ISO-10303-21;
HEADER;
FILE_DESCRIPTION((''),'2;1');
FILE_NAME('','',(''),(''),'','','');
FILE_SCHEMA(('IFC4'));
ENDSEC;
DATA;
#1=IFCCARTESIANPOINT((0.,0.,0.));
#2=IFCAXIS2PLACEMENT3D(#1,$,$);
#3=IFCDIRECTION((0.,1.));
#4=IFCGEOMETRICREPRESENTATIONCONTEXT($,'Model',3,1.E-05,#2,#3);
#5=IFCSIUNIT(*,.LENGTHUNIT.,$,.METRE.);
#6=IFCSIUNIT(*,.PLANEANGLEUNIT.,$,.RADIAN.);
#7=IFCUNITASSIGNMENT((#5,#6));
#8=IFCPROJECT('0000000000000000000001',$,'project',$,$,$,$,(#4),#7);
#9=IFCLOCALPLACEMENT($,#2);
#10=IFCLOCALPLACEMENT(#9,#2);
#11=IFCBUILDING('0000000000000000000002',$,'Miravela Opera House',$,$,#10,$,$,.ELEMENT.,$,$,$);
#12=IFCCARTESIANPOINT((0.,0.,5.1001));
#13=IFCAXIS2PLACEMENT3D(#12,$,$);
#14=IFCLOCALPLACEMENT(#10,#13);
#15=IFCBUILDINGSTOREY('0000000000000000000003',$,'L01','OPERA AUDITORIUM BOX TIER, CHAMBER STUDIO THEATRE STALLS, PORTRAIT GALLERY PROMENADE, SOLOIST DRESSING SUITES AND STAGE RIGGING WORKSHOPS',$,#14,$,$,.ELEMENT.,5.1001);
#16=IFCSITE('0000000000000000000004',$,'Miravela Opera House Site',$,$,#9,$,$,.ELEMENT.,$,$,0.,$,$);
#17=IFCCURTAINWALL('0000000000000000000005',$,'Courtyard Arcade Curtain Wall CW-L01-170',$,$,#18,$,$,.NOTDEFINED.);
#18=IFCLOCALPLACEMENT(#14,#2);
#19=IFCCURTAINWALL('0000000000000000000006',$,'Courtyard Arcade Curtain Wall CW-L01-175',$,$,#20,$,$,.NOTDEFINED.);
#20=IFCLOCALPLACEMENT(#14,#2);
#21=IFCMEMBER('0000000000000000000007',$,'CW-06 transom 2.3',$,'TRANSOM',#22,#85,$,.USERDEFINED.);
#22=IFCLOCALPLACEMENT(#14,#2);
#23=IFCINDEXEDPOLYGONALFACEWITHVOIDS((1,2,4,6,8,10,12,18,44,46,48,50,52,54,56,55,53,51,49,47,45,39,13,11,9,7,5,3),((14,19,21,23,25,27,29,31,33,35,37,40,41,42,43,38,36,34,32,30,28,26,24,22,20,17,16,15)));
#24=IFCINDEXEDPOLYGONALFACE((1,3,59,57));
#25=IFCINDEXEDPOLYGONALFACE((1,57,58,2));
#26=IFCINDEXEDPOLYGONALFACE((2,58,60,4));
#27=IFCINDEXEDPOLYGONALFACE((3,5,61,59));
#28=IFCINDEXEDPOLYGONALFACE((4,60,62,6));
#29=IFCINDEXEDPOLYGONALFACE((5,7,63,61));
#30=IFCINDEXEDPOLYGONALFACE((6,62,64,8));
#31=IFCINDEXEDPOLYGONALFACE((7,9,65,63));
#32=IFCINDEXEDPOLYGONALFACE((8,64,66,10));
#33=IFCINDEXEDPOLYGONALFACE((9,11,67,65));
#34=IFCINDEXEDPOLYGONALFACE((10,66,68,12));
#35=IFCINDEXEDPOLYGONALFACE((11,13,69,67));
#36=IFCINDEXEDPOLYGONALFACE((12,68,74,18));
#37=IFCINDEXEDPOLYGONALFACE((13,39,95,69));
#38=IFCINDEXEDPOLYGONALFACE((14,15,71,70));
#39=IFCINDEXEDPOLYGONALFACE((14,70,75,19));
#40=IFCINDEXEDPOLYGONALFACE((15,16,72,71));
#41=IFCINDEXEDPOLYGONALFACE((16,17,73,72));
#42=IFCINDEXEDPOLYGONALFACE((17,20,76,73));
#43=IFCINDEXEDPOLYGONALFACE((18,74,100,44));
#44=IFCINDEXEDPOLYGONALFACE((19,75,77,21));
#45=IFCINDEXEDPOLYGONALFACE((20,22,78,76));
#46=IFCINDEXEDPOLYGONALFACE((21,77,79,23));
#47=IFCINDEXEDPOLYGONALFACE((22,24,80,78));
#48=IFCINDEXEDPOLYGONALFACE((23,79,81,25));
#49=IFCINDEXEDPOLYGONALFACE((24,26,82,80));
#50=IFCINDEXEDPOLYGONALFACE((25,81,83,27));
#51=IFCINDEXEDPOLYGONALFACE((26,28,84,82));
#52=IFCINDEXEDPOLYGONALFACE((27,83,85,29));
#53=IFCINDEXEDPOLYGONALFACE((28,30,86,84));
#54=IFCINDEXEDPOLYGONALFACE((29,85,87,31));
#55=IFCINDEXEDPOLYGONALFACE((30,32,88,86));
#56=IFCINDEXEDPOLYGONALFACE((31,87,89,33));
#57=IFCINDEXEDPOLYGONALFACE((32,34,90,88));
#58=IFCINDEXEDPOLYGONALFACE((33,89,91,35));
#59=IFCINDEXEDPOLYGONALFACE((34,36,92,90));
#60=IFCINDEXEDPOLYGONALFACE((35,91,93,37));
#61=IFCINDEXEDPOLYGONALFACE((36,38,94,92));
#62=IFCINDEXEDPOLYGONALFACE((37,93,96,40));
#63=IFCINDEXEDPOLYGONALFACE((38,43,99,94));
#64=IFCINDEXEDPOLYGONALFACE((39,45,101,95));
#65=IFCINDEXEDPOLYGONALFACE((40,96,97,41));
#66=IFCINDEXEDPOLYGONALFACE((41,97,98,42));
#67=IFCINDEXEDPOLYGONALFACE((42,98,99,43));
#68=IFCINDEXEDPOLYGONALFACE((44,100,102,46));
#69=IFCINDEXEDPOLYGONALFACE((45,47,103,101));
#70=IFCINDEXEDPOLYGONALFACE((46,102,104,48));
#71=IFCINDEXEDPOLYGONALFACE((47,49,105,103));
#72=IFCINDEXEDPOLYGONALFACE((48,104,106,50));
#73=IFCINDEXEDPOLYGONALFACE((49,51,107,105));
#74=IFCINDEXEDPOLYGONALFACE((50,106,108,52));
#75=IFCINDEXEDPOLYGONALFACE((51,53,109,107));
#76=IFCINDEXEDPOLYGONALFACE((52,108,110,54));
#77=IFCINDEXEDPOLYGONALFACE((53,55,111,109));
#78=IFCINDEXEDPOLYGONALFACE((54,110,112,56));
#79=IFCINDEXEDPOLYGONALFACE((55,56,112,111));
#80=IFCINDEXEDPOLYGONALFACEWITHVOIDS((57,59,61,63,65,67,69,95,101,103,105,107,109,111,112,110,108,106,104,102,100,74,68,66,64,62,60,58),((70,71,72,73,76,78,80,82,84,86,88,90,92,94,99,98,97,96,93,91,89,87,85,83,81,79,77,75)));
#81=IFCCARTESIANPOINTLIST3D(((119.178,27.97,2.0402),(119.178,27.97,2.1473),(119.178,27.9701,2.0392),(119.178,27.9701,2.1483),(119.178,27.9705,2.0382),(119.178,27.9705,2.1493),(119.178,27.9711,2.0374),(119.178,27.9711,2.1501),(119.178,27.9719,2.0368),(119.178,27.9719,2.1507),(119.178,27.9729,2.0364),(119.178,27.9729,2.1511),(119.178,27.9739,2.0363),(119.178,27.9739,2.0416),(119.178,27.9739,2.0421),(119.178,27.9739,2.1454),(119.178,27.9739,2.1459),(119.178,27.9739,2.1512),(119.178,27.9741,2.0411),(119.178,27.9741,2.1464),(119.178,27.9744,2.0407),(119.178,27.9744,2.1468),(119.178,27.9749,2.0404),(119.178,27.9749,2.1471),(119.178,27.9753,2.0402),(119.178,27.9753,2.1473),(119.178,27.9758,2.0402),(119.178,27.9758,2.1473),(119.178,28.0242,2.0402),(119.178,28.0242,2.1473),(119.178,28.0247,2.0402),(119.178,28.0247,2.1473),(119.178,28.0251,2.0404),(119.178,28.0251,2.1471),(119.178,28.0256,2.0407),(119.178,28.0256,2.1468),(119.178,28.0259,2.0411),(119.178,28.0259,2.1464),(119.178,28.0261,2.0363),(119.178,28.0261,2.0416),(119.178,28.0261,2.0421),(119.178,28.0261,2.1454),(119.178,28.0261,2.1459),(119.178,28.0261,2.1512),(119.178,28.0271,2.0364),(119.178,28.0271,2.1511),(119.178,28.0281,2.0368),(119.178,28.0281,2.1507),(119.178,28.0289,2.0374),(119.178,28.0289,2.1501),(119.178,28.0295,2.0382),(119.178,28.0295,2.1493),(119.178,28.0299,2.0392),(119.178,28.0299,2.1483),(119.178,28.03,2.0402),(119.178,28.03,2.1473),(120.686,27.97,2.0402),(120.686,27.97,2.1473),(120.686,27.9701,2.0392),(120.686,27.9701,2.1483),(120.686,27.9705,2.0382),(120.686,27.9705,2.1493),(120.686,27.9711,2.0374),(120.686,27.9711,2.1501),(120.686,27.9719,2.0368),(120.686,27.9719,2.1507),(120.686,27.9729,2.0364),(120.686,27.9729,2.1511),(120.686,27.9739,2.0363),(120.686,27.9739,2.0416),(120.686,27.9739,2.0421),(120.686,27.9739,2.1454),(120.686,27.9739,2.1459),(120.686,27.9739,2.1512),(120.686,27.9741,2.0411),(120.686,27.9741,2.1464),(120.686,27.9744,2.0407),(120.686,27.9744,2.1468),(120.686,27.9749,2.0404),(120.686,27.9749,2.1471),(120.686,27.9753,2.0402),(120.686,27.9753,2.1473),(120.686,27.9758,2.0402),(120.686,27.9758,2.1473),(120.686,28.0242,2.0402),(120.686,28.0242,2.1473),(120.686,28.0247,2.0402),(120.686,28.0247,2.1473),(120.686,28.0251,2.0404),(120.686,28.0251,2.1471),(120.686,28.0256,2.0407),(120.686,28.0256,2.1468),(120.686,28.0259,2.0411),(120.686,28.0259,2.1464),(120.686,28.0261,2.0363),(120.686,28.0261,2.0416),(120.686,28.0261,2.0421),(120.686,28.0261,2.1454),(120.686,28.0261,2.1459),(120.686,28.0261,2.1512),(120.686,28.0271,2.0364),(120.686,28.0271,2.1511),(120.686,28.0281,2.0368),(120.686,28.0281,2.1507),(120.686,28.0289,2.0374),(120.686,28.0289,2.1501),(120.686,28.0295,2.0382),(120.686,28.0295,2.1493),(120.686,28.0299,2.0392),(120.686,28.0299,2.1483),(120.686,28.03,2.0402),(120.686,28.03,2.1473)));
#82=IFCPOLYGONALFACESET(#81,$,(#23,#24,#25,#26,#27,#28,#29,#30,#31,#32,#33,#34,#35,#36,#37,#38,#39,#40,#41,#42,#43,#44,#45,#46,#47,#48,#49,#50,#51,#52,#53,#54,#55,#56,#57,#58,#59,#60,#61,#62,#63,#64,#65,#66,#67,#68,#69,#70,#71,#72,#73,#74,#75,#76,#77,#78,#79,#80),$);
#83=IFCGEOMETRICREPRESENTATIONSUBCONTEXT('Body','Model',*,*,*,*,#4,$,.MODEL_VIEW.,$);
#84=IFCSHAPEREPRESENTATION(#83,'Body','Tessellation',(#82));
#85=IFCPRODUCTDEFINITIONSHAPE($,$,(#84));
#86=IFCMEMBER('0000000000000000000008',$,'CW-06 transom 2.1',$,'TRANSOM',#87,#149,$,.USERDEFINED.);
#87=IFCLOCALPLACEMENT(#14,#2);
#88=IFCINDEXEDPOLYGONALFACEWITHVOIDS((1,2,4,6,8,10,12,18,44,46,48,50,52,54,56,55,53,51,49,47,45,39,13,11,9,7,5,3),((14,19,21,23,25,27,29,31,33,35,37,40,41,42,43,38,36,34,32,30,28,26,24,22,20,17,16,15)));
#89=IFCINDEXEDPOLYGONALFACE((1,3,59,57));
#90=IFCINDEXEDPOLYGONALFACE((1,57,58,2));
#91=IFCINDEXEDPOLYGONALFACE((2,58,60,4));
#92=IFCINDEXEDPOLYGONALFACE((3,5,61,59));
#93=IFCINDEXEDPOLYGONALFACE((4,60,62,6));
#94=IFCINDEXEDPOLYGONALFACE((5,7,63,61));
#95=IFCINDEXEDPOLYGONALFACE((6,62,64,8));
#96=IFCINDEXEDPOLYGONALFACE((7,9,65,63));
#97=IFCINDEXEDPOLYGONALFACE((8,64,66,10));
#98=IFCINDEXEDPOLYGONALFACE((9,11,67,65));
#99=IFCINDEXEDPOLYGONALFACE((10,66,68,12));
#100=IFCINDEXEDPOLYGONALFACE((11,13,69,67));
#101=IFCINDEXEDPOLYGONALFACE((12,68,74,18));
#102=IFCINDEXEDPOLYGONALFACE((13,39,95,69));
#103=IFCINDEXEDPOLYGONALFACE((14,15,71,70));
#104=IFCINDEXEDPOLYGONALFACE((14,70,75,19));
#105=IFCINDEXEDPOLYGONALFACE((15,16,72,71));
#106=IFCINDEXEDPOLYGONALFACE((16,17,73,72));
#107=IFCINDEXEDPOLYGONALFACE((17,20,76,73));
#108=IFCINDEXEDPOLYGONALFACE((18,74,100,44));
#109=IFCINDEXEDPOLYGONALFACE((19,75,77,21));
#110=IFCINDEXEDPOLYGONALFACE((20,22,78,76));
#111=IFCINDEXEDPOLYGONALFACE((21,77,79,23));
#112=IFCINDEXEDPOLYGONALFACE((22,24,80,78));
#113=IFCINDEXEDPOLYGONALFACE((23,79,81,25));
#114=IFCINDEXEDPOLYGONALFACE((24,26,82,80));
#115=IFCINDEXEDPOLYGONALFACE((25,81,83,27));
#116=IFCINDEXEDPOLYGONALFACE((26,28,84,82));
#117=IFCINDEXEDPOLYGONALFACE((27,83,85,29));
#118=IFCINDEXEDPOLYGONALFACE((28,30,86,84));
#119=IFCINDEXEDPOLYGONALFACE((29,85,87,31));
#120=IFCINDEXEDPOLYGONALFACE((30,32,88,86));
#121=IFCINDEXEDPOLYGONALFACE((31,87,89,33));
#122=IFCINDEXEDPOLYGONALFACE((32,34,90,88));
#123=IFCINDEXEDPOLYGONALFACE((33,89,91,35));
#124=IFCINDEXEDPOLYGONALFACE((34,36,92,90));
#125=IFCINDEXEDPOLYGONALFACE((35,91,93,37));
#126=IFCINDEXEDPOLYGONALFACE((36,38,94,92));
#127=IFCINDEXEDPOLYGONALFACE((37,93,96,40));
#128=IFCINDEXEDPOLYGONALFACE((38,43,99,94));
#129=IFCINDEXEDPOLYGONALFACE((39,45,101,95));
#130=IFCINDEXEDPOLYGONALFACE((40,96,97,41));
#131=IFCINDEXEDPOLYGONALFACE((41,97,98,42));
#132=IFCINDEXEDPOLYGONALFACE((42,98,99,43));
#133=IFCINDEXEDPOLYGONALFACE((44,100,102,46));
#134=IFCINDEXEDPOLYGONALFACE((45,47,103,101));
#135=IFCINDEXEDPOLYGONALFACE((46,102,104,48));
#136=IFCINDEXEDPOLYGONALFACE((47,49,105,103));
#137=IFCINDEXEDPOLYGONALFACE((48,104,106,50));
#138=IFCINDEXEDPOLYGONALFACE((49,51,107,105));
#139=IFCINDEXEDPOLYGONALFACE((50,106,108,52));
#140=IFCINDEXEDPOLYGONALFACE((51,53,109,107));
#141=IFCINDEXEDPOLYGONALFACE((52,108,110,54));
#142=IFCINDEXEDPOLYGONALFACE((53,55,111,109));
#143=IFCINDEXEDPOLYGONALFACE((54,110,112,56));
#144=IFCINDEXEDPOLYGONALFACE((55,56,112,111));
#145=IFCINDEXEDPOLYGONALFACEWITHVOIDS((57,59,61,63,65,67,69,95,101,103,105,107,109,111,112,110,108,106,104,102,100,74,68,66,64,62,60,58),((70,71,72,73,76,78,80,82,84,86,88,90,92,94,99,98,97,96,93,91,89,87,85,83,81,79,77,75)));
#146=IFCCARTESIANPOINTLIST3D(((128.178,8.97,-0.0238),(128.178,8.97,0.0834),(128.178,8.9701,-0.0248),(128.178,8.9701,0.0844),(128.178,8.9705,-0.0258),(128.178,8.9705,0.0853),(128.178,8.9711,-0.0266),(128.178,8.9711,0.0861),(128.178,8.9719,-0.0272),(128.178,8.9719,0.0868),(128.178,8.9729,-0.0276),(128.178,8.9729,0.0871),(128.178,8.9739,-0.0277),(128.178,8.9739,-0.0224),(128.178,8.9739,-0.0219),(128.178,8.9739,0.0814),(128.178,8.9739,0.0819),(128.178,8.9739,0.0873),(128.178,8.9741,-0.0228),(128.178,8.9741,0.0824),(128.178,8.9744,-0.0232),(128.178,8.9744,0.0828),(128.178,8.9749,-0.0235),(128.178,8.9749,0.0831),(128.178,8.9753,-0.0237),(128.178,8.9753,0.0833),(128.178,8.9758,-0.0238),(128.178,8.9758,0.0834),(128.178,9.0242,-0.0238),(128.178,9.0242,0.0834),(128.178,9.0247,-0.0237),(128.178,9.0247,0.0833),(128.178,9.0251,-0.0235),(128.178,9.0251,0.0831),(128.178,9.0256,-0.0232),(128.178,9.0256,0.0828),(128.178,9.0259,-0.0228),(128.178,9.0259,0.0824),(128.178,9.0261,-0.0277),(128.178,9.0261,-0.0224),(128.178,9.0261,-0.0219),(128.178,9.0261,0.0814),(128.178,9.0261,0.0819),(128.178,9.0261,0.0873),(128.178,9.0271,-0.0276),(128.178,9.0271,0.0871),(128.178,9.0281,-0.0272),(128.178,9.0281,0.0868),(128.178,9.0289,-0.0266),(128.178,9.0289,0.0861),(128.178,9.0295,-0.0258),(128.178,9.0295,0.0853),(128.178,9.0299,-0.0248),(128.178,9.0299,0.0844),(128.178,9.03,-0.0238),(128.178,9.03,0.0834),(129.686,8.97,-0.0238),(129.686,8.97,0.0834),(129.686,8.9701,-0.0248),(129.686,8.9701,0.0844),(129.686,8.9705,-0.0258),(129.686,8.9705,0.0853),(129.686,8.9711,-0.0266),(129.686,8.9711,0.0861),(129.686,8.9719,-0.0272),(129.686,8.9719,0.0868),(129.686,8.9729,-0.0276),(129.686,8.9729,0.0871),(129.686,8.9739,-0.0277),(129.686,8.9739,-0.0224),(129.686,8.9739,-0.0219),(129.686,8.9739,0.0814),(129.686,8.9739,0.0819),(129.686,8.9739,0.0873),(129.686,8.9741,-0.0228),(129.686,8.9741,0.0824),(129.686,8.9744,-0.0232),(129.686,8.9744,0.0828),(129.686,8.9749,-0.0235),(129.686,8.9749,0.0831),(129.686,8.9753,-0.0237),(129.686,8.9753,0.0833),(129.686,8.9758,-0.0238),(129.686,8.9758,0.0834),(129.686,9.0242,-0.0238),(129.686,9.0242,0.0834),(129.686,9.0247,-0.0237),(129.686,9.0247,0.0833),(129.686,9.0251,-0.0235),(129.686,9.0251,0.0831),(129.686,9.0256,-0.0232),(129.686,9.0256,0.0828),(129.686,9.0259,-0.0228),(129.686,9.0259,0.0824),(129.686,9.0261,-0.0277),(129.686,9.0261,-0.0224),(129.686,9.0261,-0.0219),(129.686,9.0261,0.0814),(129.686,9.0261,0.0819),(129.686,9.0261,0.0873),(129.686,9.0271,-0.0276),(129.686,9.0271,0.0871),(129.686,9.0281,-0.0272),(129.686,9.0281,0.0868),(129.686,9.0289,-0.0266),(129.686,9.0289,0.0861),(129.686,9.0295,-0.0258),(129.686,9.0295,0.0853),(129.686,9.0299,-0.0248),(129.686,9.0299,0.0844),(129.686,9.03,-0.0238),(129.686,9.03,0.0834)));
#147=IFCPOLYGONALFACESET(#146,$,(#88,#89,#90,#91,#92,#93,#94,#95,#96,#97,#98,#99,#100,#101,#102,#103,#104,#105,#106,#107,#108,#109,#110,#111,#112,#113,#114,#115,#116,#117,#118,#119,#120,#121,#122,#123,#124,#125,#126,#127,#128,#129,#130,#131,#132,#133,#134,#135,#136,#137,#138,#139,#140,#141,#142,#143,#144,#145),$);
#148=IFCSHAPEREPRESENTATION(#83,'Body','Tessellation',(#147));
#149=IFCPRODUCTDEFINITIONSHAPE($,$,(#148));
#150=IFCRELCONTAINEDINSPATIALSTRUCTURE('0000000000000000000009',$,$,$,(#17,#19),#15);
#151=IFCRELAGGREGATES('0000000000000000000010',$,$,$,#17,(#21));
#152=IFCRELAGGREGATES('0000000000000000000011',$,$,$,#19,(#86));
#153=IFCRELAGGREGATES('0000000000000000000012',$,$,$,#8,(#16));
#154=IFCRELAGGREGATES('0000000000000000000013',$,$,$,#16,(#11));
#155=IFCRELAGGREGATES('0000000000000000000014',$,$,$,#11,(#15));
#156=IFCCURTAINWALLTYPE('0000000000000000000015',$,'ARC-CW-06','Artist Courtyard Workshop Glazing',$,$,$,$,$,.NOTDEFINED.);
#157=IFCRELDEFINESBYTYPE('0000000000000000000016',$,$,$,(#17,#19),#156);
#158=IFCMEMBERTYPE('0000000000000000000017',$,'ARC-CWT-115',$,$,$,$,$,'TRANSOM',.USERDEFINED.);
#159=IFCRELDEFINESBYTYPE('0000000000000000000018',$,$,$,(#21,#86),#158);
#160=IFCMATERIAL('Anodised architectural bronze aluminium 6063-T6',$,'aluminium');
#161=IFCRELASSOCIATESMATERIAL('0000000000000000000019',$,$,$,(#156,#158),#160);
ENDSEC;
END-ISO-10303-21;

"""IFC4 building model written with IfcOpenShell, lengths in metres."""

from ifc_helpers import new_model, si_unit, direction, frame, origin, origin_2d, place, context, subcontext, project, spatial, hollow_rectangle, extrude, material, material_profile, profile_set, type_object, element, aggregate, save


model = new_model("IFC4")

# Units and contexts
model_context = context("Model", 3, precision=1e-05, world=origin(), true_north=direction((0.0, 1.0)))
body_context = subcontext(model_context, "Body", "Model", "MODEL_VIEW")
ifc_project = project(units=[si_unit("LENGTHUNIT", "METRE"), si_unit("PLANEANGLEUNIT", "RADIAN")], contexts=[model_context])

# Site, building, storey
site_placement = place(None, origin())
site = spatial("IfcSite", under=ifc_project, at=site_placement, Name="Miravela Opera House Site", CompositionType="ELEMENT", RefElevation=0.0)
building_placement = place(site_placement, origin())
building = spatial("IfcBuilding", under=site, at=building_placement, Name="Miravela Opera House", CompositionType="ELEMENT")
storey_placement = place(building_placement, frame((0.0, 0.0, 5.1001)))
storey = spatial("IfcBuildingStorey", under=building, at=storey_placement, Name="L01", Description="OPERA AUDITORIUM BOX TIER, CHAMBER STUDIO THEATRE STALLS, PORTRAIT GALLERY PROMENADE, SOLOIST DRESSING SUITES AND STAGE RIGGING WORKSHOPS", CompositionType="ELEMENT", Elevation=5.1001)

# Curtain wall
ifc_material_1 = material(Name="Anodised architectural bronze aluminium 6063-T6", Category="aluminium")
curtain_wall_type = type_object("IfcCurtainWallType", Name="ARC-CW-06", Description="Artist Courtyard Workshop Glazing", PredefinedType="NOTDEFINED", material=ifc_material_1)
curtain_wall_1_placement = place(storey_placement, origin())
curtain_wall_1 = element("IfcCurtainWall", 1, at=curtain_wall_1_placement, inside=storey, type_object=curtain_wall_type, Name="Courtyard Arcade Curtain Wall CW-L01-170", PredefinedType="NOTDEFINED")

# Curtain wall
curtain_wall_2_placement = place(storey_placement, origin())
curtain_wall_2 = element("IfcCurtainWall", 2, at=curtain_wall_2_placement, inside=storey, type_object=curtain_wall_type, Name="Courtyard Arcade Curtain Wall CW-L01-175", PredefinedType="NOTDEFINED")

# Members
ifc_material_profile_1 = material_profile(ifc_material_1, hollow_rectangle(XDim=0.0601, YDim=0.115, WallThickness=0.0039, InnerFilletRadius=0.002, OuterFilletRadius=0.0039, at=origin_2d()), Name="CWT-60X115")
ifc_profile_set_1 = profile_set([ifc_material_profile_1])
member_type_1 = type_object("IfcMemberType", Name="ARC-CWT-115", ElementType="TRANSOM", PredefinedType="USERDEFINED", material=ifc_profile_set_1)
member_1_placement = place(storey_placement, frame((119.178, 28.0, 2.0938), z_axis=(1.0, 0.0, 0.0), x_axis=(0.0, 1.0, 0.0)))
member_1 = element("IfcMember", 3, at=member_1_placement, type_object=member_type_1, Name="CW-06 transom 2.3", ObjectType="TRANSOM", PredefinedType="USERDEFINED", context=body_context, shape_type="SweptSolid", body=[
    extrude(hollow_rectangle(XDim=0.0601, YDim=0.115, WallThickness=0.0039, InnerFilletRadius=0.002, OuterFilletRadius=0.0039, at=origin_2d()), origin(), (0.0, 0.0, 1.0), 1.5081),
])
aggregate(curtain_wall_1, [member_1])
member_2_placement = place(storey_placement, frame((128.178, 9.0, 0.0298), z_axis=(1.0, 0.0, 0.0), x_axis=(0.0, 1.0, 0.0)))
member_2 = element("IfcMember", 4, at=member_2_placement, type_object=member_type_1, Name="CW-06 transom 2.1", ObjectType="TRANSOM", PredefinedType="USERDEFINED", context=body_context, shape_type="SweptSolid", body=[
    extrude(hollow_rectangle(XDim=0.0601, YDim=0.115, WallThickness=0.0039, InnerFilletRadius=0.002, OuterFilletRadius=0.0039, at=origin_2d()), origin(), (0.0, 0.0, 1.0), 1.5081),
])

aggregate(curtain_wall_2, [member_2])

save(model, "model.ifc")
